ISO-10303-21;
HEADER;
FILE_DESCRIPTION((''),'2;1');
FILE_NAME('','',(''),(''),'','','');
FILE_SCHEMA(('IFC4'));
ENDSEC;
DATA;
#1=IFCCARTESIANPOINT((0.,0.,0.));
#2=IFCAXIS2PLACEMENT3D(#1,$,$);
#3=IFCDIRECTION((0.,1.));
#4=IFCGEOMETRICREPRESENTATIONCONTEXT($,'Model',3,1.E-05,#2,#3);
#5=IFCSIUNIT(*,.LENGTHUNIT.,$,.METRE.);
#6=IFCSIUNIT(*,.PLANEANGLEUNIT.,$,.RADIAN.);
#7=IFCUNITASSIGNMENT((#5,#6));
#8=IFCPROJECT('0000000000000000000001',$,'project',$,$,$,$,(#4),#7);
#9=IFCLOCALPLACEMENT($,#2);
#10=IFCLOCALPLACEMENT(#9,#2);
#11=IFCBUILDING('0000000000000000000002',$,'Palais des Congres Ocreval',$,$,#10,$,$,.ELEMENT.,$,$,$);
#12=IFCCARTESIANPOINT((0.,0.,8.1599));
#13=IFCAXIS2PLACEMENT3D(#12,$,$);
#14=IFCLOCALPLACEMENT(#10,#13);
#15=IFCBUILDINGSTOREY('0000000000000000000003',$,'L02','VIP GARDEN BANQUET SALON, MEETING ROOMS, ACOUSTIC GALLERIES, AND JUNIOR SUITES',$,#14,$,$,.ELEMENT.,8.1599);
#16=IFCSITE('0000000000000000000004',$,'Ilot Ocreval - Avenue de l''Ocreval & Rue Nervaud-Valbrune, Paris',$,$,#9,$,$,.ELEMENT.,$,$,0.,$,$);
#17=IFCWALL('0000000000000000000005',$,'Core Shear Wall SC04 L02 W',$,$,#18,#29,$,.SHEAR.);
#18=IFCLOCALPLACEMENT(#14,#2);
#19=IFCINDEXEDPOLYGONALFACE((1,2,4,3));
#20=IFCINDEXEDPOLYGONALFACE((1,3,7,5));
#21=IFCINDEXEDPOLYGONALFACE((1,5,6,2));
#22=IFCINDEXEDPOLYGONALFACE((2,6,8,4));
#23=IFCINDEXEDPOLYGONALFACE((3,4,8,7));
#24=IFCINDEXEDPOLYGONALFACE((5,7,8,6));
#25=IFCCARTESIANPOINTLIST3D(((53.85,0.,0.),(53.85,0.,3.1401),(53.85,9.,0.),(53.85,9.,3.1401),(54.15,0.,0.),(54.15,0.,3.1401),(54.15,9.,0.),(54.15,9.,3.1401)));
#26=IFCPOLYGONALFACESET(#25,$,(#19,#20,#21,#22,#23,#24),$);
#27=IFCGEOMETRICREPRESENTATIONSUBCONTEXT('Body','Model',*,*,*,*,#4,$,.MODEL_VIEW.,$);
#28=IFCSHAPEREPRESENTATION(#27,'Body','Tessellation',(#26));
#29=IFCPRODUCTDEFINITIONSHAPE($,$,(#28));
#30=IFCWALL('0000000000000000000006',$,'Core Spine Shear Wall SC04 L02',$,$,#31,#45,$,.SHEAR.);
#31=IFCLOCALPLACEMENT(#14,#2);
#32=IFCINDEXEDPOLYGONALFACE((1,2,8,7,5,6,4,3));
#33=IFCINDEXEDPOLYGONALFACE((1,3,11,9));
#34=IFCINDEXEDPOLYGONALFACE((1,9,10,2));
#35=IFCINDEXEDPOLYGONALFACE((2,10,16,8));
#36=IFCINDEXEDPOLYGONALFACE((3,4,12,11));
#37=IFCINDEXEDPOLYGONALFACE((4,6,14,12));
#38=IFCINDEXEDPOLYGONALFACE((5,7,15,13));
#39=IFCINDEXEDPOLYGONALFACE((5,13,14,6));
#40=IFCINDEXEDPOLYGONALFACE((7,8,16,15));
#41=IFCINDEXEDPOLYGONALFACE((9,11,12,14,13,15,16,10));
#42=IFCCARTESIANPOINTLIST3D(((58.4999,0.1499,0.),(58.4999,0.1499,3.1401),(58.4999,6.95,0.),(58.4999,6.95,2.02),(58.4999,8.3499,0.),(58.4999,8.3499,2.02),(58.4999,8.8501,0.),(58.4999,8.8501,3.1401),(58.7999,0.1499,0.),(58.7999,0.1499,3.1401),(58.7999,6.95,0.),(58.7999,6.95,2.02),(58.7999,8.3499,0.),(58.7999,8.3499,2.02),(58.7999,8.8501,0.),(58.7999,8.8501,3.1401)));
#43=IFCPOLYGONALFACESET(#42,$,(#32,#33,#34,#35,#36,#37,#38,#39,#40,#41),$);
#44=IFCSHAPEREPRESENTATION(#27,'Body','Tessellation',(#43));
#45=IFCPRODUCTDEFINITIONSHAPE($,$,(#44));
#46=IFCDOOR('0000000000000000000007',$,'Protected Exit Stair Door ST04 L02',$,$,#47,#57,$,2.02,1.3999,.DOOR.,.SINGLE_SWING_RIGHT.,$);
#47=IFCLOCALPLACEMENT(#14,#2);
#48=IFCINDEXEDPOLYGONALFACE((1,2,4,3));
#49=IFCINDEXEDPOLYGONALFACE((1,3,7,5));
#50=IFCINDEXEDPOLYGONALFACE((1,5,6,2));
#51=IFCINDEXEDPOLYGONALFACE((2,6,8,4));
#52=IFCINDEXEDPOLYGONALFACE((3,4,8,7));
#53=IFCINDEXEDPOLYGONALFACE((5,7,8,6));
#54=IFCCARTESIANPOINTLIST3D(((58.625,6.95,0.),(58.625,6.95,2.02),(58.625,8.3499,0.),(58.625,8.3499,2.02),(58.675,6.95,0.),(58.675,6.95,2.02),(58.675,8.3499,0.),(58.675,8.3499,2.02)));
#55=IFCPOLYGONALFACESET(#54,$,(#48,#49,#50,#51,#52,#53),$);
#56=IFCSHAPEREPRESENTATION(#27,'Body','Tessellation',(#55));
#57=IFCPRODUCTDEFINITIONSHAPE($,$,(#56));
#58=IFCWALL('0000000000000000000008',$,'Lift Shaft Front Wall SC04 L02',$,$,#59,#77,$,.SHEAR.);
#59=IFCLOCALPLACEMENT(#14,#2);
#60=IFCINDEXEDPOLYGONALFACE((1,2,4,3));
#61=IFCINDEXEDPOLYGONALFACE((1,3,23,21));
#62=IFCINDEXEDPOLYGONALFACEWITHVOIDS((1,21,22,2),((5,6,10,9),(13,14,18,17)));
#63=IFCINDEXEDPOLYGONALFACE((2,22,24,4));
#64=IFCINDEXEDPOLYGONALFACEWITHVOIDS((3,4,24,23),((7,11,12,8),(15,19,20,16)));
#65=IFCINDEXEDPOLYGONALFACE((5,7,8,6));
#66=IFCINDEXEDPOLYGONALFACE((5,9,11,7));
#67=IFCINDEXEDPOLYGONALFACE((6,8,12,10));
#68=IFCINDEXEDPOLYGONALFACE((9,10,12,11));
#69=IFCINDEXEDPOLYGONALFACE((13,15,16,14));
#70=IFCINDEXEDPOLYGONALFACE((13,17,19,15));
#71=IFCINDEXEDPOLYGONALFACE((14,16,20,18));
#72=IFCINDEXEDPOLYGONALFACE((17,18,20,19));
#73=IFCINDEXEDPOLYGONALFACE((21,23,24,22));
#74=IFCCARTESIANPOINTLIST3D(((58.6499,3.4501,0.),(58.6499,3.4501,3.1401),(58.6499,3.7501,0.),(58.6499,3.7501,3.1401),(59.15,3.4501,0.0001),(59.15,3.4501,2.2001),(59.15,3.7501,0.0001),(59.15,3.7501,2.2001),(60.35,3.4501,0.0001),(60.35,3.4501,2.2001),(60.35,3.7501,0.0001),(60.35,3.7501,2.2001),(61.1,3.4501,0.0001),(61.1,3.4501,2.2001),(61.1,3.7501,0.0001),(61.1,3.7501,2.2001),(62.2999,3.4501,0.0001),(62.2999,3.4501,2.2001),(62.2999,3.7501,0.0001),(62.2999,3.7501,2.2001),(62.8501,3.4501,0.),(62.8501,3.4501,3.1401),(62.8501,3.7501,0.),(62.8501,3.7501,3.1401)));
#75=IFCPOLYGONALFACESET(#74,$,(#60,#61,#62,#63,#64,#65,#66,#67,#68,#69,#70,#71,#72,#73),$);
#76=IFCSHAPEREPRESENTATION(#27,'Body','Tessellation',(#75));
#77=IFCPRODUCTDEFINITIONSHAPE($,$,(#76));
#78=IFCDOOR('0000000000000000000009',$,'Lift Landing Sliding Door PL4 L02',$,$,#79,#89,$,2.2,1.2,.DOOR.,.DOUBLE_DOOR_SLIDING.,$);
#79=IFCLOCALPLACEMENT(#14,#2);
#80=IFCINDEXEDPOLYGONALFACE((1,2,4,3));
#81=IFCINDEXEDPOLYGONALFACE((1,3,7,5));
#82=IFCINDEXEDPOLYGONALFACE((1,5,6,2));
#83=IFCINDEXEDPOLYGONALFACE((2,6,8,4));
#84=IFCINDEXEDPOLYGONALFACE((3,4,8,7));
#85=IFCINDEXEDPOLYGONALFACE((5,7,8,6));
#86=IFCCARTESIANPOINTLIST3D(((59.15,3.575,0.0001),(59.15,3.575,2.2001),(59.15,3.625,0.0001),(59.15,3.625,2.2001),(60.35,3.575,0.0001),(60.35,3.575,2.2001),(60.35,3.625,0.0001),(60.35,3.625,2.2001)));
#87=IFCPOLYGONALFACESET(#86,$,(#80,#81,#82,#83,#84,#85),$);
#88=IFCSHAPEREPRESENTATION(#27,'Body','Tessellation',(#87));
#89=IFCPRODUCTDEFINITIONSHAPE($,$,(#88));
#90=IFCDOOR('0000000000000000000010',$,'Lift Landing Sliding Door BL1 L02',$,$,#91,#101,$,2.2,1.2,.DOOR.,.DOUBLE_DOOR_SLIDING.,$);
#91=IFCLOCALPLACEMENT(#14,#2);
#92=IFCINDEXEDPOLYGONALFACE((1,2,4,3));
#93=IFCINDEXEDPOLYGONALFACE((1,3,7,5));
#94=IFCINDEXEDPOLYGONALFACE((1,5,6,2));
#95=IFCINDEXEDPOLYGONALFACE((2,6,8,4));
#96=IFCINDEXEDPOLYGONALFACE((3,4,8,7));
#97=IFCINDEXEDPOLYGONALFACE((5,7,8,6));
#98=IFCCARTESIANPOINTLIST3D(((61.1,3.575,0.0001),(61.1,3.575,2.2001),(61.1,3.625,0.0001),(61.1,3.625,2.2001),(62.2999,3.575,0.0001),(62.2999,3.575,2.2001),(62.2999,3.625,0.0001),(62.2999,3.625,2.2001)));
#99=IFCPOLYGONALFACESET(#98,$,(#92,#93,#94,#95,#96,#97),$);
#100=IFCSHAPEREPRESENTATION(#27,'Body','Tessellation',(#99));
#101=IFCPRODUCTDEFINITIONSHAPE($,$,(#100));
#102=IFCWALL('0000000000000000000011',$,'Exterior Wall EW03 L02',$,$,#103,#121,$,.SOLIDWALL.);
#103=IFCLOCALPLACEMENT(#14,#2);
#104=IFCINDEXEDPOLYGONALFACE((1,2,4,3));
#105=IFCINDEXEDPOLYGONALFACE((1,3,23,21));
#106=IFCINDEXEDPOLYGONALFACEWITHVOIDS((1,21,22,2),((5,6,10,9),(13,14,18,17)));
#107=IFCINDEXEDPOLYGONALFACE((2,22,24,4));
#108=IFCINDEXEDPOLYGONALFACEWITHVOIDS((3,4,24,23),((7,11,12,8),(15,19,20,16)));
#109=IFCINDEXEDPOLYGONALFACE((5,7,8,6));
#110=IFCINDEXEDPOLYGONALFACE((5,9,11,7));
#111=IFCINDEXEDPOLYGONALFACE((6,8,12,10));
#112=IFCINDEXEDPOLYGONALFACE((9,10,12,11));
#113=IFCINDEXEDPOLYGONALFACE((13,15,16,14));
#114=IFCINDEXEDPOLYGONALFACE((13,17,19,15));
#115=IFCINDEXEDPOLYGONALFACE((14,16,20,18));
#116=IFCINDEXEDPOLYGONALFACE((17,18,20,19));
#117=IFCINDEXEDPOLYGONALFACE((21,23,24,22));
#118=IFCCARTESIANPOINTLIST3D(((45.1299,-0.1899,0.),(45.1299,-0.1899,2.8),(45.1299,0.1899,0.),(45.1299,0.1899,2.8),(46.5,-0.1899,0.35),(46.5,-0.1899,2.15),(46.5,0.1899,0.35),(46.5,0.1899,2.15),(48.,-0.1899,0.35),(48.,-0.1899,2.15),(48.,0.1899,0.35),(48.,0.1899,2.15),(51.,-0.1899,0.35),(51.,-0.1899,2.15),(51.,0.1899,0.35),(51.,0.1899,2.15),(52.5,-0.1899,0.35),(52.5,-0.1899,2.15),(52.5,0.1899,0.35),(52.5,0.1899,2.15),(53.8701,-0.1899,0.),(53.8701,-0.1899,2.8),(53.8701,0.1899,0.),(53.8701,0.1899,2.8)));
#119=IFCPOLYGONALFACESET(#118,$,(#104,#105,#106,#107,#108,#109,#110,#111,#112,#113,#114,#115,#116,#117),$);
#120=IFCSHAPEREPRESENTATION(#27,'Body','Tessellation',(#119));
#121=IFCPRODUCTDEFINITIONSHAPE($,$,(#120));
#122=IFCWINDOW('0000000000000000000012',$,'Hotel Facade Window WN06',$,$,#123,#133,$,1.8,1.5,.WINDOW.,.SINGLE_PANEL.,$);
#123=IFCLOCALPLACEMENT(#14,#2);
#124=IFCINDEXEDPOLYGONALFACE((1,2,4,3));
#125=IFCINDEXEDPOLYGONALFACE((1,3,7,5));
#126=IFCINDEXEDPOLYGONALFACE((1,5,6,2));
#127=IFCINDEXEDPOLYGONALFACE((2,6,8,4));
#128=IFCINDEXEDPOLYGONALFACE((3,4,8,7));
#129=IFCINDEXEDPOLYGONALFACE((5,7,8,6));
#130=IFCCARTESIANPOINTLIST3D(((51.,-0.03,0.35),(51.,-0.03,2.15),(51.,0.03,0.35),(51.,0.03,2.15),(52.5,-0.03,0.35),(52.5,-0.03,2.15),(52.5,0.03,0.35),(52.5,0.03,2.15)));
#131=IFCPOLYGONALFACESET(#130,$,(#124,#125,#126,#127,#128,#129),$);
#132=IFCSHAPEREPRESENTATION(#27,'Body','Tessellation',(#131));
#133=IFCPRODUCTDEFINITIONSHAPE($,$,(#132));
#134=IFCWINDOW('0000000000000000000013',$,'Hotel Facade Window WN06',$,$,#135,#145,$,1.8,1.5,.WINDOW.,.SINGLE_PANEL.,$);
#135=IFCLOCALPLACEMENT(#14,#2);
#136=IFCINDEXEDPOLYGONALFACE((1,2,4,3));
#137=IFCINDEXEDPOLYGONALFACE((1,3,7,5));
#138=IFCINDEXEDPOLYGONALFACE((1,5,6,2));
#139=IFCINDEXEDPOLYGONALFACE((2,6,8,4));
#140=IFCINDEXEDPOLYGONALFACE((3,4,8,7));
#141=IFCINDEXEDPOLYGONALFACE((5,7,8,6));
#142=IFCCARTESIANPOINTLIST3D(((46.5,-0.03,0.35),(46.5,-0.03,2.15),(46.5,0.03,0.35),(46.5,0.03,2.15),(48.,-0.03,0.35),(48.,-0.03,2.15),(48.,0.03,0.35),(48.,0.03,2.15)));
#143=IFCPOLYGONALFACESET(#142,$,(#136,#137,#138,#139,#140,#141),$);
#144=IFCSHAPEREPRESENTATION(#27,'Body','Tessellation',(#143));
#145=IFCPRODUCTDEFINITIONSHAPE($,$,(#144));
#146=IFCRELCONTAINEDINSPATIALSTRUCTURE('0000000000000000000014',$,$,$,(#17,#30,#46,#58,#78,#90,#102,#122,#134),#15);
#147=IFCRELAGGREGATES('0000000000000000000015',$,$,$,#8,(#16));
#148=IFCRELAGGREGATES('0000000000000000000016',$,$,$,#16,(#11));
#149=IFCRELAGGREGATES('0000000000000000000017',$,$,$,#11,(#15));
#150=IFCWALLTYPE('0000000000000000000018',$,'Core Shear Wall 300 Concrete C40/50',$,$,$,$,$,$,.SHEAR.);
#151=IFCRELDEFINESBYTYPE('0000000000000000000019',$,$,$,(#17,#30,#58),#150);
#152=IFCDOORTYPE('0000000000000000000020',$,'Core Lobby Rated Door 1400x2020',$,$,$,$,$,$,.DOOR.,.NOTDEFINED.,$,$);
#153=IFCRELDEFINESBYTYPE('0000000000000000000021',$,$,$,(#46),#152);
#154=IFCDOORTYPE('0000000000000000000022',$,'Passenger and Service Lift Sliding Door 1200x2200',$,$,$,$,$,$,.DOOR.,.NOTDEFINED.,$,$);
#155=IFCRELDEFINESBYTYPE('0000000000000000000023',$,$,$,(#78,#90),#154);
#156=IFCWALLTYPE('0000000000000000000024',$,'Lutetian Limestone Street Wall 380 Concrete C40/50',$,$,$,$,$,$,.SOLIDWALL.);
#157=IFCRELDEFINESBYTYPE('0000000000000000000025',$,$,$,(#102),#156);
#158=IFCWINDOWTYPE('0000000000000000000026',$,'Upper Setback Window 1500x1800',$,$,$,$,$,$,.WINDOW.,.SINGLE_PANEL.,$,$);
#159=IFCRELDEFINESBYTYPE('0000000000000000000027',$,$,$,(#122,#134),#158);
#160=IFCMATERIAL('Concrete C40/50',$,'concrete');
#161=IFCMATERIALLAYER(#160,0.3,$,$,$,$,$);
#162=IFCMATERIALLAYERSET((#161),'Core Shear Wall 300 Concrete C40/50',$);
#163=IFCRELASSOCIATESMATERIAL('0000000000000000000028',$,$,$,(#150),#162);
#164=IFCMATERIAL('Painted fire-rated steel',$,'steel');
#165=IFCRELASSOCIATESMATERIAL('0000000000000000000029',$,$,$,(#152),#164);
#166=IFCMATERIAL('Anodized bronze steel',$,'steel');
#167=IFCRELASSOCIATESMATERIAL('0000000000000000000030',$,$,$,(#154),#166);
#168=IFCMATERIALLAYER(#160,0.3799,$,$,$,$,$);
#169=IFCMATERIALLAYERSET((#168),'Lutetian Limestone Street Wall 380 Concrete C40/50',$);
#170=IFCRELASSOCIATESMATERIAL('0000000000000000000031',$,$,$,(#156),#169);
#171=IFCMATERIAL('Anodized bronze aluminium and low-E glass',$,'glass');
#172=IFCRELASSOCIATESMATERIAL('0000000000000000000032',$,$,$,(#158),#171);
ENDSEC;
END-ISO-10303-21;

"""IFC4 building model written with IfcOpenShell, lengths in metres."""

from ifc_helpers import new_model, si_unit, direction, frame, frame_2d, origin, place, context, subcontext, project, spatial, rectangle, extrude, material, layer, layer_set, type_object, element, fill, save


model = new_model("IFC4")

# Units and contexts
model_context = context("Model", 3, precision=1e-05, world=origin(), true_north=direction((0.0, 1.0)))
body_context = subcontext(model_context, "Body", "Model", "MODEL_VIEW")
ifc_project = project(units=[si_unit("LENGTHUNIT", "METRE"), si_unit("PLANEANGLEUNIT", "RADIAN")], contexts=[model_context])

# Site, building, storey
site_placement = place(None, origin())
site = spatial("IfcSite", under=ifc_project, at=site_placement, Name="Ilot Ocreval - Avenue de l'Ocreval & Rue Nervaud-Valbrune, Paris", CompositionType="ELEMENT", RefElevation=0.0)
building_placement = place(site_placement, origin())
building = spatial("IfcBuilding", under=site, at=building_placement, Name="Palais des Congres Ocreval", CompositionType="ELEMENT")
storey_placement = place(building_placement, frame((0.0, 0.0, 8.1599)))
storey = spatial("IfcBuildingStorey", under=building, at=storey_placement, Name="L02", Description="VIP GARDEN BANQUET SALON, MEETING ROOMS, ACOUSTIC GALLERIES, AND JUNIOR SUITES", CompositionType="ELEMENT", Elevation=8.1599)

# Shared definitions
ifc_material_1 = material(Name="Concrete C40/50", Category="concrete")

# Shared definitions
ifc_layer_1 = layer(ifc_material_1, 0.3)
ifc_layer_set_1 = layer_set([ifc_layer_1], Name="Core Shear Wall 300 Concrete C40/50")
wall_type_1 = type_object("IfcWallType", Name="Core Shear Wall 300 Concrete C40/50", PredefinedType="SHEAR", material=ifc_layer_set_1)
ifc_material_2 = material(Name="Painted fire-rated steel", Category="steel")
door_type_1 = type_object("IfcDoorType", Name="Core Lobby Rated Door 1400x2020", OperationType="NOTDEFINED", PredefinedType="DOOR", material=ifc_material_2)

# Wall
wall_1_placement = place(storey_placement, frame((54.0, 0.0, 0.0), z_axis=(0.0, 0.0, 1.0), x_axis=(0.0, 1.0, 0.0)))
element("IfcWall", 1, at=wall_1_placement, inside=storey, type_object=wall_type_1, Name="Core Shear Wall SC04 L02 W", PredefinedType="SHEAR", context=body_context, shape_type="SweptSolid", body=[
    extrude(rectangle(XDim=9.0, YDim=0.3, at=frame_2d((4.5, 0.0))), origin(), (0.0, 0.0, 1.0), 3.1401),
])

# Wall, opening, door
wall_2_placement = place(storey_placement, frame((58.6499, 0.1499, 0.0), z_axis=(0.0, 0.0, 1.0), x_axis=(0.0, 1.0, 0.0)))
wall_2 = element("IfcWall", 2, at=wall_2_placement, inside=storey, type_object=wall_type_1, Name="Core Spine Shear Wall SC04 L02", PredefinedType="SHEAR", context=body_context, shape_type="SweptSolid", body=[
    extrude(rectangle(XDim=8.7002, YDim=0.3, at=frame_2d((4.3501, 0.0))), origin(), (0.0, 0.0, 1.0), 3.1401),
])
opening_1_placement = place(wall_2_placement, frame((6.8, 0.0, 0.0)))
opening_1 = element("IfcOpeningElement", 3, at=opening_1_placement, cuts=wall_2, PredefinedType="OPENING", context=body_context, shape_type="SweptSolid", body=[
    extrude(rectangle(XDim=1.3999, YDim=2.02, at=frame_2d((0.7, 1.01))), frame((0.0, 0.1599, 0.0), z_axis=(0.0, -1.0, 0.0), x_axis=(1.0, 0.0, 0.0)), (0.0, 0.0, 1.0), 0.3201),
])
door_1_placement = place(opening_1_placement, origin())
door_1 = element("IfcDoor", 4, at=door_1_placement, inside=storey, type_object=door_type_1, Name="Protected Exit Stair Door ST04 L02", OperationType="SINGLE_SWING_RIGHT", OverallHeight=2.02, OverallWidth=1.3999, PredefinedType="DOOR", context=body_context, shape_type="SweptSolid", body=[
    extrude(rectangle(XDim=1.3999, YDim=2.02, at=frame_2d((0.7, 1.01))), frame((0.0, 0.0249, 0.0), z_axis=(0.0, -1.0, 0.0), x_axis=(1.0, 0.0, 0.0)), (0.0, 0.0, 1.0), 0.05),
])
fill(opening_1, door_1)

# Wall, openings, doors
wall_3_placement = place(storey_placement, frame((58.6499, 3.6001, 0.0), z_axis=(0.0, 0.0, 1.0), x_axis=(1.0, 0.0, 0.0)))
wall_3 = element("IfcWall", 5, at=wall_3_placement, inside=storey, type_object=wall_type_1, Name="Lift Shaft Front Wall SC04 L02", PredefinedType="SHEAR", context=body_context, shape_type="SweptSolid", body=[
    extrude(rectangle(XDim=4.2002, YDim=0.3, at=frame_2d((2.1001, 0.0))), origin(), (0.0, 0.0, 1.0), 3.1401),
])
opening_2_placement = place(wall_3_placement, frame((0.5, 0.0, 0.0)))
opening_2 = element("IfcOpeningElement", 6, at=opening_2_placement, cuts=wall_3, PredefinedType="OPENING", context=body_context, shape_type="SweptSolid", body=[
    extrude(rectangle(XDim=1.2, YDim=2.2, at=frame_2d((0.6001, 1.1001))), frame((0.0, 0.1599, 0.0), z_axis=(0.0, -1.0, 0.0), x_axis=(1.0, 0.0, 0.0)), (0.0, 0.0, 1.0), 0.3201),
])
opening_3_placement = place(wall_3_placement, frame((2.45, 0.0, 0.0)))
opening_3 = element("IfcOpeningElement", 7, at=opening_3_placement, cuts=wall_3, PredefinedType="OPENING", context=body_context, shape_type="SweptSolid", body=[
    extrude(rectangle(XDim=1.2, YDim=2.2, at=frame_2d((0.6001, 1.1001))), frame((0.0, 0.1599, 0.0), z_axis=(0.0, -1.0, 0.0), x_axis=(1.0, 0.0, 0.0)), (0.0, 0.0, 1.0), 0.3201),
])
ifc_material_3 = material(Name="Anodized bronze steel", Category="steel")
door_type_2 = type_object("IfcDoorType", Name="Passenger and Service Lift Sliding Door 1200x2200", OperationType="NOTDEFINED", PredefinedType="DOOR", material=ifc_material_3)
door_2_placement = place(opening_2_placement, origin())
door_2 = element("IfcDoor", 8, at=door_2_placement, inside=storey, type_object=door_type_2, Name="Lift Landing Sliding Door PL4 L02", OperationType="DOUBLE_DOOR_SLIDING", OverallHeight=2.2, OverallWidth=1.2, PredefinedType="DOOR", context=body_context, shape_type="SweptSolid", body=[
    extrude(rectangle(XDim=1.2, YDim=2.2, at=frame_2d((0.6001, 1.1001))), frame((0.0, 0.0249, 0.0), z_axis=(0.0, -1.0, 0.0), x_axis=(1.0, 0.0, 0.0)), (0.0, 0.0, 1.0), 0.05),
])
fill(opening_2, door_2)
door_3_placement = place(opening_3_placement, origin())
door_3 = element("IfcDoor", 9, at=door_3_placement, inside=storey, type_object=door_type_2, Name="Lift Landing Sliding Door BL1 L02", OperationType="DOUBLE_DOOR_SLIDING", OverallHeight=2.2, OverallWidth=1.2, PredefinedType="DOOR", context=body_context, shape_type="SweptSolid", body=[
    extrude(rectangle(XDim=1.2, YDim=2.2, at=frame_2d((0.6001, 1.1001))), frame((0.0, 0.0249, 0.0), z_axis=(0.0, -1.0, 0.0), x_axis=(1.0, 0.0, 0.0)), (0.0, 0.0, 1.0), 0.05),
])
fill(opening_3, door_3)

# Wall, openings, windows
ifc_layer_2 = layer(ifc_material_1, 0.3799)
ifc_layer_set_2 = layer_set([ifc_layer_2], Name="Lutetian Limestone Street Wall 380 Concrete C40/50")
wall_type_2 = type_object("IfcWallType", Name="Lutetian Limestone Street Wall 380 Concrete C40/50", PredefinedType="SOLIDWALL", material=ifc_layer_set_2)
wall_4_placement = place(storey_placement, frame((53.8701, 0.0, 0.0), z_axis=(0.0, 0.0, 1.0), x_axis=(-1.0, 0.0, 0.0)))
wall_4 = element("IfcWall", 10, at=wall_4_placement, inside=storey, type_object=wall_type_2, Name="Exterior Wall EW03 L02", PredefinedType="SOLIDWALL", context=body_context, shape_type="SweptSolid", body=[
    extrude(rectangle(XDim=8.7402, YDim=0.3799, at=frame_2d((4.3701, 0.0))), origin(), (0.0, 0.0, 1.0), 2.8),
])
opening_4_placement = place(wall_4_placement, frame((1.3701, 0.0, 0.3501)))
opening_4 = element("IfcOpeningElement", 11, at=opening_4_placement, cuts=wall_4, PredefinedType="OPENING", context=body_context, shape_type="SweptSolid", body=[
    extrude(rectangle(XDim=1.5, YDim=1.8, at=frame_2d((0.75, 0.8999))), frame((0.0, 0.2, 0.0), z_axis=(0.0, -1.0, 0.0), x_axis=(1.0, 0.0, 0.0)), (0.0, 0.0, 1.0), 0.3999),
])
opening_5_placement = place(wall_4_placement, frame((5.8701, 0.0, 0.3501)))
opening_5 = element("IfcOpeningElement", 12, at=opening_5_placement, cuts=wall_4, PredefinedType="OPENING", context=body_context, shape_type="SweptSolid", body=[
    extrude(rectangle(XDim=1.5, YDim=1.8, at=frame_2d((0.75, 0.8999))), frame((0.0, 0.2, 0.0), z_axis=(0.0, -1.0, 0.0), x_axis=(1.0, 0.0, 0.0)), (0.0, 0.0, 1.0), 0.3999),
])
ifc_material_4 = material(Name="Anodized bronze aluminium and low-E glass", Category="glass")
window_type = type_object("IfcWindowType", Name="Upper Setback Window 1500x1800", PartitioningType="SINGLE_PANEL", PredefinedType="WINDOW", material=ifc_material_4)
window_1_placement = place(opening_4_placement, origin())
window_1 = element("IfcWindow", 13, at=window_1_placement, inside=storey, type_object=window_type, Name="Hotel Facade Window WN06", OverallHeight=1.8, OverallWidth=1.5, PartitioningType="SINGLE_PANEL", PredefinedType="WINDOW", context=body_context, shape_type="SweptSolid", body=[
    extrude(rectangle(XDim=1.5, YDim=1.8, at=frame_2d((0.75, 0.8999))), frame((0.0, 0.03, 0.0), z_axis=(0.0, -1.0, 0.0), x_axis=(1.0, 0.0, 0.0)), (0.0, 0.0, 1.0), 0.0601),
])
fill(opening_4, window_1)
window_2_placement = place(opening_5_placement, origin())
window_2 = element("IfcWindow", 14, at=window_2_placement, inside=storey, type_object=window_type, Name="Hotel Facade Window WN06", OverallHeight=1.8, OverallWidth=1.5, PartitioningType="SINGLE_PANEL", PredefinedType="WINDOW", context=body_context, shape_type="SweptSolid", body=[
    extrude(rectangle(XDim=1.5, YDim=1.8, at=frame_2d((0.75, 0.8999))), frame((0.0, 0.03, 0.0), z_axis=(0.0, -1.0, 0.0), x_axis=(1.0, 0.0, 0.0)), (0.0, 0.0, 1.0), 0.0601),
])
fill(opening_5, window_2)

save(model, "model.ifc")
